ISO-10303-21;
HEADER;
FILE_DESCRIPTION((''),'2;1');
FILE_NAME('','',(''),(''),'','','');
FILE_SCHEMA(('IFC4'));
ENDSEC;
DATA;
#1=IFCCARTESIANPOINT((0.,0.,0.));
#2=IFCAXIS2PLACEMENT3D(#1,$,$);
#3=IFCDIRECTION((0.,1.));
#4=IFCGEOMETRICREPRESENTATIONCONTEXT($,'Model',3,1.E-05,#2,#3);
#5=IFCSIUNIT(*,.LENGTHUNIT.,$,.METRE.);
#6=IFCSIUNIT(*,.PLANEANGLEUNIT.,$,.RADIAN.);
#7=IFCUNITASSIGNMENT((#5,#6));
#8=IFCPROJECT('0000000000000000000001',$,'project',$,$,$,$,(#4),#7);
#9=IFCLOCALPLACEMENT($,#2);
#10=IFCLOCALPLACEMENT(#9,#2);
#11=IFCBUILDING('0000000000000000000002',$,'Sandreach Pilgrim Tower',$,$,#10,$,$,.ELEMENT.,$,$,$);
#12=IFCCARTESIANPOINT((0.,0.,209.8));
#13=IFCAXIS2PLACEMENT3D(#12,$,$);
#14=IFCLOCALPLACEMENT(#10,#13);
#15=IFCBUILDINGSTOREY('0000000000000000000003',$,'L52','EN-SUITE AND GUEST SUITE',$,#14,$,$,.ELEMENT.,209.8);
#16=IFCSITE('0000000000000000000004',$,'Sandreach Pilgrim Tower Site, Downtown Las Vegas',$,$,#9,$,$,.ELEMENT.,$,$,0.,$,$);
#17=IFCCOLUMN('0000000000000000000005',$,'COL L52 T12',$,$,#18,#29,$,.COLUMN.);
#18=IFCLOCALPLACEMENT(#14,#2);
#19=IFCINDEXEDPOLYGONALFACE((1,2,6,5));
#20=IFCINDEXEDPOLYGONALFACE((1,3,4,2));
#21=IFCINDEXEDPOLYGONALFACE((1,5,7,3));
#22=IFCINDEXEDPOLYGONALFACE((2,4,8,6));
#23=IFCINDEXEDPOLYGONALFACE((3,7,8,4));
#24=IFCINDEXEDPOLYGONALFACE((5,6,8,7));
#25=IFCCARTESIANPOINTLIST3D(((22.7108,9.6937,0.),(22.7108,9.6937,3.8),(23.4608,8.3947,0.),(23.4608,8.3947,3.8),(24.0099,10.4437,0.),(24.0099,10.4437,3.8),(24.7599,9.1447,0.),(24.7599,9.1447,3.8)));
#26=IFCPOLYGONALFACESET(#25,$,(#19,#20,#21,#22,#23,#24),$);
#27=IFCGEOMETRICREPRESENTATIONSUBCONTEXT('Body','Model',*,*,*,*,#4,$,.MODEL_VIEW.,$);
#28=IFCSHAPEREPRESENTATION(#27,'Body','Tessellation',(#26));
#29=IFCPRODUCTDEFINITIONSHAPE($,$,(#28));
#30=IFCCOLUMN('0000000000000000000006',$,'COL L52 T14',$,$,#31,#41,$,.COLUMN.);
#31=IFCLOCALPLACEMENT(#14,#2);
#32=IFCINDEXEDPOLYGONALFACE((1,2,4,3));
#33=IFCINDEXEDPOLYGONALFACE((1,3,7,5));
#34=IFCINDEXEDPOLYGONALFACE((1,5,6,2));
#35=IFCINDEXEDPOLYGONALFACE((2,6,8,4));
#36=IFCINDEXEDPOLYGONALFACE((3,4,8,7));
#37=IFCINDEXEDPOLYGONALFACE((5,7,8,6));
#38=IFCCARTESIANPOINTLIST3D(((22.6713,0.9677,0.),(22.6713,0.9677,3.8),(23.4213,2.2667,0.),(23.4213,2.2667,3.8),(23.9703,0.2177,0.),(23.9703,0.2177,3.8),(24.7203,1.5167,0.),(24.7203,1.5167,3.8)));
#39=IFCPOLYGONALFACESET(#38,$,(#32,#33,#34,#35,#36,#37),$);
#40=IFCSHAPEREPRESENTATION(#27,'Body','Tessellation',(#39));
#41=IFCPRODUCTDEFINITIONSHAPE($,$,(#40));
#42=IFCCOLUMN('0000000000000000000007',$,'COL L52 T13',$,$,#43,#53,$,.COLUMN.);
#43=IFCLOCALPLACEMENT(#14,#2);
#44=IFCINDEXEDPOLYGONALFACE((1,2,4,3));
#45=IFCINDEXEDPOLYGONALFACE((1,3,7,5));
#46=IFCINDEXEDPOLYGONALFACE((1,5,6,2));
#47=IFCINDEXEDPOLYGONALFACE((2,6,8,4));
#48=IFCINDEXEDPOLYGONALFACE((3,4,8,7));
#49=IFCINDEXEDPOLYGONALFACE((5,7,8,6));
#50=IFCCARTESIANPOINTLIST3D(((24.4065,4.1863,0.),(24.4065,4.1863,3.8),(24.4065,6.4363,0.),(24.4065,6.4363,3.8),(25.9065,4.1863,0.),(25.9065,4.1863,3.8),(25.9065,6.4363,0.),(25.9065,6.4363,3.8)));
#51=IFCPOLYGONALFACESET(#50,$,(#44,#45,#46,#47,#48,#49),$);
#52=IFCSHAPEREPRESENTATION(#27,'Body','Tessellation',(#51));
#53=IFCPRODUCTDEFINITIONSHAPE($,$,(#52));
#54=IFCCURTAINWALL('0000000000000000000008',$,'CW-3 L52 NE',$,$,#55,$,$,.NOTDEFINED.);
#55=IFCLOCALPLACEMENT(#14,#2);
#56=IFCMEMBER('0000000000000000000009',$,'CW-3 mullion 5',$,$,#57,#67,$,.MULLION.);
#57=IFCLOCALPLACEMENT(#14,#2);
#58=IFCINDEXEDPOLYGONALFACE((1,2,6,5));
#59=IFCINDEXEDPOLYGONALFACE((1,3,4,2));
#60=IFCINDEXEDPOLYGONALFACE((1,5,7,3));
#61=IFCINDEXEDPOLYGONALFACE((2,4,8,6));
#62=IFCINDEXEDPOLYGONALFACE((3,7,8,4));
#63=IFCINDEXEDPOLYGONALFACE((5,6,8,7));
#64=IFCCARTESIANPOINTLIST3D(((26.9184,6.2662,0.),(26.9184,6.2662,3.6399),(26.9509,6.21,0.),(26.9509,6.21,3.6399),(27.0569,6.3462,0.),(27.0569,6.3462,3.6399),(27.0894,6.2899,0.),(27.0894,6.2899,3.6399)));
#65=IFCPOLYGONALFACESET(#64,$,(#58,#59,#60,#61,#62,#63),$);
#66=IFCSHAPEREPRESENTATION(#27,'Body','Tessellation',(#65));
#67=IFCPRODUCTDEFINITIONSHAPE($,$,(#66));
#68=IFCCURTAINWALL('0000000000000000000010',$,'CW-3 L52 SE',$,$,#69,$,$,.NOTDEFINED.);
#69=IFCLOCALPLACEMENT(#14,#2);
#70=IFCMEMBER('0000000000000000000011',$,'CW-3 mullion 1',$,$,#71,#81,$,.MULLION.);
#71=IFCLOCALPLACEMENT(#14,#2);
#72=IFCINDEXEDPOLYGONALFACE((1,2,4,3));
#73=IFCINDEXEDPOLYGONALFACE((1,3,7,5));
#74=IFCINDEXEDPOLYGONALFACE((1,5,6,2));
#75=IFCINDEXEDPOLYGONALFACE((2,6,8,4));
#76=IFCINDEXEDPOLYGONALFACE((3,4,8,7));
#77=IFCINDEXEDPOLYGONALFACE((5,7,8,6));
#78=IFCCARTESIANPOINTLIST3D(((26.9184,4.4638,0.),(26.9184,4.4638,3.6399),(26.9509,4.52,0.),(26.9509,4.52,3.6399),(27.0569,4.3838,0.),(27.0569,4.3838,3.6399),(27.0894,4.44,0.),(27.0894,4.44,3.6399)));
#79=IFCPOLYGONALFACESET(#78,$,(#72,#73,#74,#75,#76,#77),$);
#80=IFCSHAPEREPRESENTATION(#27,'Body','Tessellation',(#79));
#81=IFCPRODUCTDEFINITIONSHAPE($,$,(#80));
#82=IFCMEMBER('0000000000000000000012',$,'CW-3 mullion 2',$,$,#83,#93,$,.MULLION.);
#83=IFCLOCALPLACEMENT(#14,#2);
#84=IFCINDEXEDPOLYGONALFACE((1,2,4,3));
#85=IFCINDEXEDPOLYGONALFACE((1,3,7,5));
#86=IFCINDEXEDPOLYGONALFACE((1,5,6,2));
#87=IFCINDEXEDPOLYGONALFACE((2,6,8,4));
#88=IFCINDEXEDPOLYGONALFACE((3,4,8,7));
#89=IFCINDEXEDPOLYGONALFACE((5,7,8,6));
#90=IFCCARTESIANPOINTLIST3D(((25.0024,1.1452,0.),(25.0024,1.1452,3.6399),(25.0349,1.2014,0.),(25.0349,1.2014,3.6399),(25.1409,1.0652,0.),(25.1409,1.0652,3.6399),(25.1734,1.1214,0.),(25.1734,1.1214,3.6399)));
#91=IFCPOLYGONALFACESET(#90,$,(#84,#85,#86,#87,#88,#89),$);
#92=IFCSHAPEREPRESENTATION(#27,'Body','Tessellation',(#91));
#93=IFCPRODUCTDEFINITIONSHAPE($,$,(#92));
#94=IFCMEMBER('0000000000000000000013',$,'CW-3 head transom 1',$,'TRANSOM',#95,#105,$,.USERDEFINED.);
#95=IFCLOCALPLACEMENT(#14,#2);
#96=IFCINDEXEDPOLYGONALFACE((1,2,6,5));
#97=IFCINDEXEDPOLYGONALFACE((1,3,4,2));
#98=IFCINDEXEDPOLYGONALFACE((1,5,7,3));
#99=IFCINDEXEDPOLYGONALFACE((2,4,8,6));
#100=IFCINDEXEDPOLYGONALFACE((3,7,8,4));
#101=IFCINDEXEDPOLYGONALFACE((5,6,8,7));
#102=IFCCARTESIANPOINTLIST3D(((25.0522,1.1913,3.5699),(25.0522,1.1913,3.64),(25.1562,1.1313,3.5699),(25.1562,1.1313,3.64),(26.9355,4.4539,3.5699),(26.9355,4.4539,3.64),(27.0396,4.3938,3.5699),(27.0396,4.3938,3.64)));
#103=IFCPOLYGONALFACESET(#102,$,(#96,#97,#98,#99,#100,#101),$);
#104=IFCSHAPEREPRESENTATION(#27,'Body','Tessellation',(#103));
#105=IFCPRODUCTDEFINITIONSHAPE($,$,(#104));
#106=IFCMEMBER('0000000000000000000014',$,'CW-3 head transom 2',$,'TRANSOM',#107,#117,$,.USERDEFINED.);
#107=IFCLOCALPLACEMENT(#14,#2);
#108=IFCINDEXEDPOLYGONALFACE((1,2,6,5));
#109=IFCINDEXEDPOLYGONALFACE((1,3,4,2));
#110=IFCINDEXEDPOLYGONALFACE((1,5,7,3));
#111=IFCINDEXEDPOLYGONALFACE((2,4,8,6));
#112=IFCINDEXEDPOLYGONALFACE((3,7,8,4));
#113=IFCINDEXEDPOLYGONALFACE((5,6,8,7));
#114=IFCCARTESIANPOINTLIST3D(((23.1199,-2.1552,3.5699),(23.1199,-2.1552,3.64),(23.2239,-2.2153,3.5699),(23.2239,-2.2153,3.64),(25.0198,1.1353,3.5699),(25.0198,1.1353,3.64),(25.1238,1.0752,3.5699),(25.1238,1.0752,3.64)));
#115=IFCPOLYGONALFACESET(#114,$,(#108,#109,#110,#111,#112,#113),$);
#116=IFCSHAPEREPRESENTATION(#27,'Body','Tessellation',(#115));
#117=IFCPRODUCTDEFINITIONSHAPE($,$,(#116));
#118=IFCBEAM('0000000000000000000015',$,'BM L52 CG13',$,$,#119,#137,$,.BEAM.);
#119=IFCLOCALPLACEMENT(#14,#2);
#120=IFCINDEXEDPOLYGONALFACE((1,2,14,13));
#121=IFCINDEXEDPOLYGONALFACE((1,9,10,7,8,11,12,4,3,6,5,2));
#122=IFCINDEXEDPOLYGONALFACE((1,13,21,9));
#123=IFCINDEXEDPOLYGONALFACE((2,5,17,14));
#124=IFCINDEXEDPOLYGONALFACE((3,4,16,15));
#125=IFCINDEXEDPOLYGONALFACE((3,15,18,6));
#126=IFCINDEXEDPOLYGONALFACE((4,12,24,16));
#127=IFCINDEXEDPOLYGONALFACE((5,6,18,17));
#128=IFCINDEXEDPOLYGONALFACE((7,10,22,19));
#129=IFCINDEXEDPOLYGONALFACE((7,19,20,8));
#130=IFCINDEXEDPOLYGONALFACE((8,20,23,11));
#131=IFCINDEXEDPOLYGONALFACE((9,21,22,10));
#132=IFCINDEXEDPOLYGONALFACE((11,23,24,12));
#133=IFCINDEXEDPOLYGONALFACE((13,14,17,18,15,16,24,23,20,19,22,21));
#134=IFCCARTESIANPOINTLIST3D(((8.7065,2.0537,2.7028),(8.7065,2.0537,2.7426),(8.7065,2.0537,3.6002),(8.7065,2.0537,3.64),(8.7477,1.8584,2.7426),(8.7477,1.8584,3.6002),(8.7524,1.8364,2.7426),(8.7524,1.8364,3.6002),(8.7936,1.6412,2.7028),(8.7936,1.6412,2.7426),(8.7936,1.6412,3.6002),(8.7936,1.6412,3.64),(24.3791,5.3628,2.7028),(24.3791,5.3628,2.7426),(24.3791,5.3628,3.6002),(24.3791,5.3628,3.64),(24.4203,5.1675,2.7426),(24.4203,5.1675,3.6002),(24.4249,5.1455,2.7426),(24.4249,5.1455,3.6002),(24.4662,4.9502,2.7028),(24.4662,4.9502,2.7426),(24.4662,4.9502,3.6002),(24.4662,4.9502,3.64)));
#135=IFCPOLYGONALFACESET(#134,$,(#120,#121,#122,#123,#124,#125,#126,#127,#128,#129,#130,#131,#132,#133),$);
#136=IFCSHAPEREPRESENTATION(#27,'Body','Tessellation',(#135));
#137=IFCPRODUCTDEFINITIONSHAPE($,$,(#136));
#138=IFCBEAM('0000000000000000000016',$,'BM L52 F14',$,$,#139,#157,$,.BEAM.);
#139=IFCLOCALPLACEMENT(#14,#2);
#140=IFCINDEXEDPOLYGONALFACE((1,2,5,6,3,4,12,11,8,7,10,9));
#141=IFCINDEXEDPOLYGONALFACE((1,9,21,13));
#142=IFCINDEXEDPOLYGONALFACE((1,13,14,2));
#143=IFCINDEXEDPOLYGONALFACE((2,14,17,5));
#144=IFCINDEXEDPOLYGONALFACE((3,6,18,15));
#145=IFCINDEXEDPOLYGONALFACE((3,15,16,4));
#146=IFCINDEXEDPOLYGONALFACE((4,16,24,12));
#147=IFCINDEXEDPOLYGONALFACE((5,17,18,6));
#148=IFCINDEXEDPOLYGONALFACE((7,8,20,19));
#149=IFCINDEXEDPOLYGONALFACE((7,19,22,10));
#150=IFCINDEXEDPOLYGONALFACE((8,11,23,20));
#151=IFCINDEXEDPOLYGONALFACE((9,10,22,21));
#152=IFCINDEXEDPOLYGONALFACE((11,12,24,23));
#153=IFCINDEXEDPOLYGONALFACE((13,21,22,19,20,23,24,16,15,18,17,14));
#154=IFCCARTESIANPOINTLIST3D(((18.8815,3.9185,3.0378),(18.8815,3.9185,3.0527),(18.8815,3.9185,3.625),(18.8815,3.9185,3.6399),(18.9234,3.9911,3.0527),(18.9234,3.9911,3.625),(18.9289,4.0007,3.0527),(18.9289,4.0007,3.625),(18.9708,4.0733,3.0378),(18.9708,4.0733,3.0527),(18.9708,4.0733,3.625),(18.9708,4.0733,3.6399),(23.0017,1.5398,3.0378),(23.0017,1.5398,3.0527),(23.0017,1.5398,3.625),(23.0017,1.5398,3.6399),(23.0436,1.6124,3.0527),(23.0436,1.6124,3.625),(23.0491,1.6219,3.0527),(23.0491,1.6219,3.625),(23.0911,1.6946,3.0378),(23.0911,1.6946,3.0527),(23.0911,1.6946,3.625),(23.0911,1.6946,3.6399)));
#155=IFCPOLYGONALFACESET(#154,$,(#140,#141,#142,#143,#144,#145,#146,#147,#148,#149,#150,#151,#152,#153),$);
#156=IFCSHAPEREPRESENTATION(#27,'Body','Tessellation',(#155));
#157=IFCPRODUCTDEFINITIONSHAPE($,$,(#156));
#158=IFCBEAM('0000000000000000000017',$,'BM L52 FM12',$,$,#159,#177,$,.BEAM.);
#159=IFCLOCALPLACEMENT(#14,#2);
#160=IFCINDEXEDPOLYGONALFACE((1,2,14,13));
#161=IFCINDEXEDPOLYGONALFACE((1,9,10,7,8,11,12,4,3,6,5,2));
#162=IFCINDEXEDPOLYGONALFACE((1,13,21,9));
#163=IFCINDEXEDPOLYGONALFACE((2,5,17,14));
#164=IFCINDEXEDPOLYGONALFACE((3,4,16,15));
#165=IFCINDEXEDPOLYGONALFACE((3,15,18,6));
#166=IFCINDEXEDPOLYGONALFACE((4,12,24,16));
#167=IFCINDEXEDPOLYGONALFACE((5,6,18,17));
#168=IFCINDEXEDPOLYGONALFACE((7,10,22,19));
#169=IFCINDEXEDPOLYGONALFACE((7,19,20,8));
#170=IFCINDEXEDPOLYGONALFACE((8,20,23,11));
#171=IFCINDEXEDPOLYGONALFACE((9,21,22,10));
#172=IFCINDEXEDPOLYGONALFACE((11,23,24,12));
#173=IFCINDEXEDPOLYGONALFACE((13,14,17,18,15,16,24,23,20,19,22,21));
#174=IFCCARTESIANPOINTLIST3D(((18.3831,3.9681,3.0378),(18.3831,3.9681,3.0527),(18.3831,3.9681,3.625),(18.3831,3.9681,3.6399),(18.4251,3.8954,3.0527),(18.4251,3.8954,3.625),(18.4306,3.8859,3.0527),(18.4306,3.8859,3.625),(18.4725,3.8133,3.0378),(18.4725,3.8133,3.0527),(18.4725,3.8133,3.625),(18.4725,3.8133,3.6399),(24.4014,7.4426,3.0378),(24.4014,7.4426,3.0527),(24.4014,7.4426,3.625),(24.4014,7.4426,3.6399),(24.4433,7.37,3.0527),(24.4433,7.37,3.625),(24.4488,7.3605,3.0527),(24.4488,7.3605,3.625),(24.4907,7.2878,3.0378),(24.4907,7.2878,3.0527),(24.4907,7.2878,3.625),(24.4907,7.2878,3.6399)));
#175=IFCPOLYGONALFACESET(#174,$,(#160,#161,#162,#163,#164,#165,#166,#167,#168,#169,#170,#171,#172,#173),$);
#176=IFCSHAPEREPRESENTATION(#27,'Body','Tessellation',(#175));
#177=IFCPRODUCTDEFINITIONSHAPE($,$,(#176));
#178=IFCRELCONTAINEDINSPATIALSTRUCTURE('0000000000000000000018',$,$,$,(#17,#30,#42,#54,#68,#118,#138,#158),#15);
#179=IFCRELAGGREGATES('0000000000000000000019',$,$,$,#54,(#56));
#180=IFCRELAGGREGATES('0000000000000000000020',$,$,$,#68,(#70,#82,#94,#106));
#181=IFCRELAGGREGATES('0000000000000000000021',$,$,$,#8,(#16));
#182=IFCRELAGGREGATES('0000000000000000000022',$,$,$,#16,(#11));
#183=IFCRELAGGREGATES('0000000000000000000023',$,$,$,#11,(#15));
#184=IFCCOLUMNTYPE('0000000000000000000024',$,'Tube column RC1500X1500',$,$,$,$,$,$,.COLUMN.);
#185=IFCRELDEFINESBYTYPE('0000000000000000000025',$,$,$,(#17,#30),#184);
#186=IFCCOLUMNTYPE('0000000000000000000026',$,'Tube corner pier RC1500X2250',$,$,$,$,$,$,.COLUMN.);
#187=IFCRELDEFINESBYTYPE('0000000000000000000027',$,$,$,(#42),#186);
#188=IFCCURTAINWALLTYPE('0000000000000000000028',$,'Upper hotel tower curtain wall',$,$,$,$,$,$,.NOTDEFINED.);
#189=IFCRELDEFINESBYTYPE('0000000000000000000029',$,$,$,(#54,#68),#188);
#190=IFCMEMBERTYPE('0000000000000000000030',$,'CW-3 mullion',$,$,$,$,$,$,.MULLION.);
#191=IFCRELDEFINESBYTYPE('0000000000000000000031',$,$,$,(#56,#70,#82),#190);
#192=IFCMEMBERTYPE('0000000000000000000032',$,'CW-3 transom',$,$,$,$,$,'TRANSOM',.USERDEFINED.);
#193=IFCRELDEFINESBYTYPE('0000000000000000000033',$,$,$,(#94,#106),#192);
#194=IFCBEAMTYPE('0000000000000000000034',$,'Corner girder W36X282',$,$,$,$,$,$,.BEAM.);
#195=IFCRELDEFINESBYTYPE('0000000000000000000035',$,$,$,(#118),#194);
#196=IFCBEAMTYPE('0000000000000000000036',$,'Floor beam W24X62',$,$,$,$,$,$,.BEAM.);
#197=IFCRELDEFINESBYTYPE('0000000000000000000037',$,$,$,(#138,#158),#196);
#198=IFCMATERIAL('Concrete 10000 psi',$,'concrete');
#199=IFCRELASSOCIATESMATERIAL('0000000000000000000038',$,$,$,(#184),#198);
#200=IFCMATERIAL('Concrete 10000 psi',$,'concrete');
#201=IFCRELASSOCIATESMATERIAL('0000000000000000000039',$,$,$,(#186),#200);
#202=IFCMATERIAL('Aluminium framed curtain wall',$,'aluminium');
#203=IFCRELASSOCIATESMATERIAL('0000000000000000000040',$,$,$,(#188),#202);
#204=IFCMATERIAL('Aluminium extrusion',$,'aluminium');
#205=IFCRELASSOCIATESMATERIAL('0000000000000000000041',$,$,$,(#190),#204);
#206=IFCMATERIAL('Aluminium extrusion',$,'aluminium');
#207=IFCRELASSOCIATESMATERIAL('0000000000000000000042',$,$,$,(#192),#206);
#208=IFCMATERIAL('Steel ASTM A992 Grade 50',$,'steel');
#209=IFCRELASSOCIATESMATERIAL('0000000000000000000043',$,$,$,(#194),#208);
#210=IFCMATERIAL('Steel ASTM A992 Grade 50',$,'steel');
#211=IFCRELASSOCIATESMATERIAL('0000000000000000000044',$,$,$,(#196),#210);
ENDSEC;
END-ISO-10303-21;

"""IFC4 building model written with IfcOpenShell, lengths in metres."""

from ifc_helpers import new_model, si_unit, direction, frame, origin, origin_2d, place, context, subcontext, project, spatial, rectangle, i_section, extrude, material, material_profile, profile_set, type_object, element, aggregate, save


model = new_model("IFC4")

# Units and contexts
model_context = context("Model", 3, precision=1e-05, world=origin(), true_north=direction((0.0, 1.0)))
body_context = subcontext(model_context, "Body", "Model", "MODEL_VIEW")
ifc_project = project(units=[si_unit("LENGTHUNIT", "METRE"), si_unit("PLANEANGLEUNIT", "RADIAN")], contexts=[model_context])

# Site, building, storey
site_placement = place(None, origin())
site = spatial("IfcSite", under=ifc_project, at=site_placement, Name="Sandreach Pilgrim Tower Site, Downtown Las Vegas", CompositionType="ELEMENT", RefElevation=0.0)
building_placement = place(site_placement, origin())
building = spatial("IfcBuilding", under=site, at=building_placement, Name="Sandreach Pilgrim Tower", CompositionType="ELEMENT")
storey_placement = place(building_placement, frame((0.0, 0.0, 209.8)))
storey = spatial("IfcBuildingStorey", under=building, at=storey_placement, Name="L52", Description="EN-SUITE AND GUEST SUITE", CompositionType="ELEMENT", Elevation=209.8)

# Columns
ifc_material_1 = material(Name="Concrete 10000 psi", Category="concrete")
ifc_material_profile_1 = material_profile(ifc_material_1, rectangle(XDim=1.5, YDim=1.5, at=origin_2d()), Name="RC1500X1500")
ifc_profile_set_1 = profile_set([ifc_material_profile_1], Name="Concrete 10000 psi")
column_type_1 = type_object("IfcColumnType", Name="Tube column RC1500X1500", PredefinedType="COLUMN", material=ifc_profile_set_1)
for number, where, z_axis, x_axis, name in (
    (1, (23.7354, 9.4192, 0.0), (0.0, 0.0, 1.0), (0.866025, 0.5, 0.0), "COL L52 T12"),
    (2, (23.6958, 1.2422, 0.0), (0.0, 0.0, 1.0), (0.866025, -0.5, 0.0), "COL L52 T14"),
):
    element("IfcColumn", number, at=place(storey_placement, frame(where, z_axis=z_axis, x_axis=x_axis)), inside=storey, type_object=column_type_1, Name=name, PredefinedType="COLUMN", context=body_context, shape_type="SweptSolid", body=[
        extrude(rectangle(XDim=1.5, YDim=1.5, at=origin_2d()), origin(), (0.0, 0.0, 1.0), 3.8),
    ])
ifc_material_2 = material(Name="Concrete 10000 psi", Category="concrete")
ifc_material_profile_2 = material_profile(ifc_material_2, rectangle(XDim=1.5, YDim=2.25, at=origin_2d()), Name="RC1500X2250")
ifc_profile_set_2 = profile_set([ifc_material_profile_2], Name="Concrete 10000 psi")
column_type_2 = type_object("IfcColumnType", Name="Tube corner pier RC1500X2250", PredefinedType="COLUMN", material=ifc_profile_set_2)
column_placement = place(storey_placement, frame((25.1565, 5.3113, 0.0), z_axis=(0.0, 0.0, 1.0), x_axis=(1.0, 0.0, 0.0)))
element("IfcColumn", 3, at=column_placement, inside=storey, type_object=column_type_2, Name="COL L52 T13", PredefinedType="COLUMN", context=body_context, shape_type="SweptSolid", body=[
    extrude(rectangle(XDim=1.5, YDim=2.25, at=origin_2d()), origin(), (0.0, 0.0, 1.0), 3.8),
])

# Curtain wall, member
ifc_material_3 = material(Name="Aluminium framed curtain wall", Category="aluminium")
curtain_wall_type = type_object("IfcCurtainWallType", Name="Upper hotel tower curtain wall", PredefinedType="NOTDEFINED", material=ifc_material_3)
curtain_wall_1_placement = place(storey_placement, origin())
curtain_wall_1 = element("IfcCurtainWall", 4, at=curtain_wall_1_placement, inside=storey, type_object=curtain_wall_type, Name="CW-3 L52 NE", PredefinedType="NOTDEFINED")
ifc_material_4 = material(Name="Aluminium extrusion", Category="aluminium")
ifc_material_profile_3 = material_profile(ifc_material_4, rectangle(XDim=0.0649, YDim=0.1599, at=origin_2d()), Name="CW-3M 65X160")
ifc_profile_set_3 = profile_set([ifc_material_profile_3], Name="Aluminium extrusion")
member_type_1 = type_object("IfcMemberType", Name="CW-3 mullion", PredefinedType="MULLION", material=ifc_profile_set_3)
member_1_placement = place(storey_placement, frame((27.0039, 6.2781, 0.0), z_axis=(0.0, 0.0, 1.0), x_axis=(0.5, -0.866025, 0.0)))
member_1 = element("IfcMember", 5, at=member_1_placement, type_object=member_type_1, Name="CW-3 mullion 5", PredefinedType="MULLION", context=body_context, shape_type="SweptSolid", body=[
    extrude(rectangle(XDim=0.0649, YDim=0.1599, at=origin_2d()), origin(), (0.0, 0.0, 1.0), 3.6399),
])

# Curtain wall, members
curtain_wall_2_placement = place(storey_placement, origin())
curtain_wall_2 = element("IfcCurtainWall", 6, at=curtain_wall_2_placement, inside=storey, type_object=curtain_wall_type, Name="CW-3 L52 SE", PredefinedType="NOTDEFINED")
member_2_placement = place(storey_placement, frame((27.0039, 4.4519, 0.0), z_axis=(0.0, 0.0, 1.0), x_axis=(-0.5, -0.866025, 0.0)))
member_2 = element("IfcMember", 7, at=member_2_placement, type_object=member_type_1, Name="CW-3 mullion 1", PredefinedType="MULLION", context=body_context, shape_type="SweptSolid", body=[
    extrude(rectangle(XDim=0.0649, YDim=0.1599, at=origin_2d()), origin(), (0.0, 0.0, 1.0), 3.6399),
])
member_3_placement = place(storey_placement, frame((25.0879, 1.1333, 0.0), z_axis=(0.0, 0.0, 1.0), x_axis=(-0.5, -0.866025, 0.0)))
member_3 = element("IfcMember", 8, at=member_3_placement, type_object=member_type_1, Name="CW-3 mullion 2", PredefinedType="MULLION", context=body_context, shape_type="SweptSolid", body=[
    extrude(rectangle(XDim=0.0649, YDim=0.1599, at=origin_2d()), origin(), (0.0, 0.0, 1.0), 3.6399),
])
ifc_material_5 = material(Name="Aluminium extrusion", Category="aluminium")
ifc_material_profile_4 = material_profile(ifc_material_5, rectangle(XDim=0.1201, YDim=0.0701, at=origin_2d()), Name="CW-3T 120X70")
ifc_profile_set_4 = profile_set([ifc_material_profile_4], Name="Aluminium extrusion")
member_type_2 = type_object("IfcMemberType", Name="CW-3 transom", ElementType="TRANSOM", PredefinedType="USERDEFINED", material=ifc_profile_set_4)
member_4_placement = place(storey_placement, frame((26.9875, 4.4238, 3.605), z_axis=(-0.499945, -0.866057, 0.0), x_axis=(0.866057, -0.499945, 0.0)))
member_4 = element("IfcMember", 9, at=member_4_placement, type_object=member_type_2, Name="CW-3 head transom 1", ObjectType="TRANSOM", PredefinedType="USERDEFINED", context=body_context, shape_type="SweptSolid", body=[
    extrude(rectangle(XDim=0.1201, YDim=0.0701, at=origin_2d()), origin(), (0.0, 0.0, 1.0), 3.7671),
])
member_5_placement = place(storey_placement, frame((25.0718, 1.1052, 3.605), z_axis=(-0.500023, -0.866012, 0.0), x_axis=(0.866012, -0.500023, 0.0)))
member_5 = element("IfcMember", 10, at=member_5_placement, type_object=member_type_2, Name="CW-3 head transom 2", ObjectType="TRANSOM", PredefinedType="USERDEFINED", context=body_context, shape_type="SweptSolid", body=[
    extrude(rectangle(XDim=0.1201, YDim=0.0701, at=origin_2d()), origin(), (0.0, 0.0, 1.0), 3.7996),
])

# Beams
ifc_material_6 = material(Name="Steel ASTM A992 Grade 50", Category="steel")
ifc_material_profile_5 = material_profile(ifc_material_6, i_section(OverallWidth=0.4216, OverallDepth=0.9373, WebThickness=0.0225, FlangeThickness=0.0398, at=origin_2d()), Name="W36X282")
ifc_profile_set_5 = profile_set([ifc_material_profile_5], Name="Steel ASTM A992 Grade 50")
beam_type_1 = type_object("IfcBeamType", Name="Corner girder W36X282", PredefinedType="BEAM", material=ifc_profile_set_5)
beam_1_placement = place(storey_placement, frame((24.4226, 5.1565, 3.1714), z_axis=(-0.978429, -0.206583, 0.0), x_axis=(0.206583, -0.978429, 0.0)))
element("IfcBeam", 11, at=beam_1_placement, inside=storey, type_object=beam_type_1, Name="BM L52 CG13", PredefinedType="BEAM", context=body_context, shape_type="SweptSolid", body=[
    extrude(i_section(OverallWidth=0.4216, OverallDepth=0.9373, WebThickness=0.0225, FlangeThickness=0.0398, at=origin_2d()), origin(), (0.0, 0.0, 1.0), 16.0181),
])
ifc_material_7 = material(Name="Steel ASTM A992 Grade 50", Category="steel")
ifc_material_profile_6 = material_profile(ifc_material_7, i_section(OverallWidth=0.1787, OverallDepth=0.6021, WebThickness=0.011, FlangeThickness=0.0149, at=origin_2d()), Name="W24X62")
ifc_profile_set_6 = profile_set([ifc_material_profile_6], Name="Steel ASTM A992 Grade 50")
beam_type_2 = type_object("IfcBeamType", Name="Floor beam W24X62", PredefinedType="BEAM", material=ifc_profile_set_6)
beam_2_placement = place(storey_placement, frame((23.0464, 1.6172, 3.3389), z_axis=(-0.866033, 0.499986, 0.0), x_axis=(-0.499986, -0.866033, 0.0)))
element("IfcBeam", 12, at=beam_2_placement, inside=storey, type_object=beam_type_2, Name="BM L52 F14", PredefinedType="BEAM", context=body_context, shape_type="SweptSolid", body=[
    extrude(i_section(OverallWidth=0.1787, OverallDepth=0.6021, WebThickness=0.011, FlangeThickness=0.0149, at=origin_2d()), origin(), (0.0, 0.0, 1.0), 4.7576),
])
beam_3_placement = place(storey_placement, frame((24.446, 7.3652, 3.3389), z_axis=(-0.866029, -0.499993, 0.0), x_axis=(0.499993, -0.866029, 0.0)))
element("IfcBeam", 13, at=beam_3_placement, inside=storey, type_object=beam_type_2, Name="BM L52 FM12", PredefinedType="BEAM", context=body_context, shape_type="SweptSolid", body=[
    extrude(i_section(OverallWidth=0.1787, OverallDepth=0.6021, WebThickness=0.011, FlangeThickness=0.0149, at=origin_2d()), origin(), (0.0, 0.0, 1.0), 6.9492),
])

aggregate(curtain_wall_1, [member_1])
aggregate(curtain_wall_2, [member_2, member_3, member_4, member_5])

save(model, "model.ifc")
